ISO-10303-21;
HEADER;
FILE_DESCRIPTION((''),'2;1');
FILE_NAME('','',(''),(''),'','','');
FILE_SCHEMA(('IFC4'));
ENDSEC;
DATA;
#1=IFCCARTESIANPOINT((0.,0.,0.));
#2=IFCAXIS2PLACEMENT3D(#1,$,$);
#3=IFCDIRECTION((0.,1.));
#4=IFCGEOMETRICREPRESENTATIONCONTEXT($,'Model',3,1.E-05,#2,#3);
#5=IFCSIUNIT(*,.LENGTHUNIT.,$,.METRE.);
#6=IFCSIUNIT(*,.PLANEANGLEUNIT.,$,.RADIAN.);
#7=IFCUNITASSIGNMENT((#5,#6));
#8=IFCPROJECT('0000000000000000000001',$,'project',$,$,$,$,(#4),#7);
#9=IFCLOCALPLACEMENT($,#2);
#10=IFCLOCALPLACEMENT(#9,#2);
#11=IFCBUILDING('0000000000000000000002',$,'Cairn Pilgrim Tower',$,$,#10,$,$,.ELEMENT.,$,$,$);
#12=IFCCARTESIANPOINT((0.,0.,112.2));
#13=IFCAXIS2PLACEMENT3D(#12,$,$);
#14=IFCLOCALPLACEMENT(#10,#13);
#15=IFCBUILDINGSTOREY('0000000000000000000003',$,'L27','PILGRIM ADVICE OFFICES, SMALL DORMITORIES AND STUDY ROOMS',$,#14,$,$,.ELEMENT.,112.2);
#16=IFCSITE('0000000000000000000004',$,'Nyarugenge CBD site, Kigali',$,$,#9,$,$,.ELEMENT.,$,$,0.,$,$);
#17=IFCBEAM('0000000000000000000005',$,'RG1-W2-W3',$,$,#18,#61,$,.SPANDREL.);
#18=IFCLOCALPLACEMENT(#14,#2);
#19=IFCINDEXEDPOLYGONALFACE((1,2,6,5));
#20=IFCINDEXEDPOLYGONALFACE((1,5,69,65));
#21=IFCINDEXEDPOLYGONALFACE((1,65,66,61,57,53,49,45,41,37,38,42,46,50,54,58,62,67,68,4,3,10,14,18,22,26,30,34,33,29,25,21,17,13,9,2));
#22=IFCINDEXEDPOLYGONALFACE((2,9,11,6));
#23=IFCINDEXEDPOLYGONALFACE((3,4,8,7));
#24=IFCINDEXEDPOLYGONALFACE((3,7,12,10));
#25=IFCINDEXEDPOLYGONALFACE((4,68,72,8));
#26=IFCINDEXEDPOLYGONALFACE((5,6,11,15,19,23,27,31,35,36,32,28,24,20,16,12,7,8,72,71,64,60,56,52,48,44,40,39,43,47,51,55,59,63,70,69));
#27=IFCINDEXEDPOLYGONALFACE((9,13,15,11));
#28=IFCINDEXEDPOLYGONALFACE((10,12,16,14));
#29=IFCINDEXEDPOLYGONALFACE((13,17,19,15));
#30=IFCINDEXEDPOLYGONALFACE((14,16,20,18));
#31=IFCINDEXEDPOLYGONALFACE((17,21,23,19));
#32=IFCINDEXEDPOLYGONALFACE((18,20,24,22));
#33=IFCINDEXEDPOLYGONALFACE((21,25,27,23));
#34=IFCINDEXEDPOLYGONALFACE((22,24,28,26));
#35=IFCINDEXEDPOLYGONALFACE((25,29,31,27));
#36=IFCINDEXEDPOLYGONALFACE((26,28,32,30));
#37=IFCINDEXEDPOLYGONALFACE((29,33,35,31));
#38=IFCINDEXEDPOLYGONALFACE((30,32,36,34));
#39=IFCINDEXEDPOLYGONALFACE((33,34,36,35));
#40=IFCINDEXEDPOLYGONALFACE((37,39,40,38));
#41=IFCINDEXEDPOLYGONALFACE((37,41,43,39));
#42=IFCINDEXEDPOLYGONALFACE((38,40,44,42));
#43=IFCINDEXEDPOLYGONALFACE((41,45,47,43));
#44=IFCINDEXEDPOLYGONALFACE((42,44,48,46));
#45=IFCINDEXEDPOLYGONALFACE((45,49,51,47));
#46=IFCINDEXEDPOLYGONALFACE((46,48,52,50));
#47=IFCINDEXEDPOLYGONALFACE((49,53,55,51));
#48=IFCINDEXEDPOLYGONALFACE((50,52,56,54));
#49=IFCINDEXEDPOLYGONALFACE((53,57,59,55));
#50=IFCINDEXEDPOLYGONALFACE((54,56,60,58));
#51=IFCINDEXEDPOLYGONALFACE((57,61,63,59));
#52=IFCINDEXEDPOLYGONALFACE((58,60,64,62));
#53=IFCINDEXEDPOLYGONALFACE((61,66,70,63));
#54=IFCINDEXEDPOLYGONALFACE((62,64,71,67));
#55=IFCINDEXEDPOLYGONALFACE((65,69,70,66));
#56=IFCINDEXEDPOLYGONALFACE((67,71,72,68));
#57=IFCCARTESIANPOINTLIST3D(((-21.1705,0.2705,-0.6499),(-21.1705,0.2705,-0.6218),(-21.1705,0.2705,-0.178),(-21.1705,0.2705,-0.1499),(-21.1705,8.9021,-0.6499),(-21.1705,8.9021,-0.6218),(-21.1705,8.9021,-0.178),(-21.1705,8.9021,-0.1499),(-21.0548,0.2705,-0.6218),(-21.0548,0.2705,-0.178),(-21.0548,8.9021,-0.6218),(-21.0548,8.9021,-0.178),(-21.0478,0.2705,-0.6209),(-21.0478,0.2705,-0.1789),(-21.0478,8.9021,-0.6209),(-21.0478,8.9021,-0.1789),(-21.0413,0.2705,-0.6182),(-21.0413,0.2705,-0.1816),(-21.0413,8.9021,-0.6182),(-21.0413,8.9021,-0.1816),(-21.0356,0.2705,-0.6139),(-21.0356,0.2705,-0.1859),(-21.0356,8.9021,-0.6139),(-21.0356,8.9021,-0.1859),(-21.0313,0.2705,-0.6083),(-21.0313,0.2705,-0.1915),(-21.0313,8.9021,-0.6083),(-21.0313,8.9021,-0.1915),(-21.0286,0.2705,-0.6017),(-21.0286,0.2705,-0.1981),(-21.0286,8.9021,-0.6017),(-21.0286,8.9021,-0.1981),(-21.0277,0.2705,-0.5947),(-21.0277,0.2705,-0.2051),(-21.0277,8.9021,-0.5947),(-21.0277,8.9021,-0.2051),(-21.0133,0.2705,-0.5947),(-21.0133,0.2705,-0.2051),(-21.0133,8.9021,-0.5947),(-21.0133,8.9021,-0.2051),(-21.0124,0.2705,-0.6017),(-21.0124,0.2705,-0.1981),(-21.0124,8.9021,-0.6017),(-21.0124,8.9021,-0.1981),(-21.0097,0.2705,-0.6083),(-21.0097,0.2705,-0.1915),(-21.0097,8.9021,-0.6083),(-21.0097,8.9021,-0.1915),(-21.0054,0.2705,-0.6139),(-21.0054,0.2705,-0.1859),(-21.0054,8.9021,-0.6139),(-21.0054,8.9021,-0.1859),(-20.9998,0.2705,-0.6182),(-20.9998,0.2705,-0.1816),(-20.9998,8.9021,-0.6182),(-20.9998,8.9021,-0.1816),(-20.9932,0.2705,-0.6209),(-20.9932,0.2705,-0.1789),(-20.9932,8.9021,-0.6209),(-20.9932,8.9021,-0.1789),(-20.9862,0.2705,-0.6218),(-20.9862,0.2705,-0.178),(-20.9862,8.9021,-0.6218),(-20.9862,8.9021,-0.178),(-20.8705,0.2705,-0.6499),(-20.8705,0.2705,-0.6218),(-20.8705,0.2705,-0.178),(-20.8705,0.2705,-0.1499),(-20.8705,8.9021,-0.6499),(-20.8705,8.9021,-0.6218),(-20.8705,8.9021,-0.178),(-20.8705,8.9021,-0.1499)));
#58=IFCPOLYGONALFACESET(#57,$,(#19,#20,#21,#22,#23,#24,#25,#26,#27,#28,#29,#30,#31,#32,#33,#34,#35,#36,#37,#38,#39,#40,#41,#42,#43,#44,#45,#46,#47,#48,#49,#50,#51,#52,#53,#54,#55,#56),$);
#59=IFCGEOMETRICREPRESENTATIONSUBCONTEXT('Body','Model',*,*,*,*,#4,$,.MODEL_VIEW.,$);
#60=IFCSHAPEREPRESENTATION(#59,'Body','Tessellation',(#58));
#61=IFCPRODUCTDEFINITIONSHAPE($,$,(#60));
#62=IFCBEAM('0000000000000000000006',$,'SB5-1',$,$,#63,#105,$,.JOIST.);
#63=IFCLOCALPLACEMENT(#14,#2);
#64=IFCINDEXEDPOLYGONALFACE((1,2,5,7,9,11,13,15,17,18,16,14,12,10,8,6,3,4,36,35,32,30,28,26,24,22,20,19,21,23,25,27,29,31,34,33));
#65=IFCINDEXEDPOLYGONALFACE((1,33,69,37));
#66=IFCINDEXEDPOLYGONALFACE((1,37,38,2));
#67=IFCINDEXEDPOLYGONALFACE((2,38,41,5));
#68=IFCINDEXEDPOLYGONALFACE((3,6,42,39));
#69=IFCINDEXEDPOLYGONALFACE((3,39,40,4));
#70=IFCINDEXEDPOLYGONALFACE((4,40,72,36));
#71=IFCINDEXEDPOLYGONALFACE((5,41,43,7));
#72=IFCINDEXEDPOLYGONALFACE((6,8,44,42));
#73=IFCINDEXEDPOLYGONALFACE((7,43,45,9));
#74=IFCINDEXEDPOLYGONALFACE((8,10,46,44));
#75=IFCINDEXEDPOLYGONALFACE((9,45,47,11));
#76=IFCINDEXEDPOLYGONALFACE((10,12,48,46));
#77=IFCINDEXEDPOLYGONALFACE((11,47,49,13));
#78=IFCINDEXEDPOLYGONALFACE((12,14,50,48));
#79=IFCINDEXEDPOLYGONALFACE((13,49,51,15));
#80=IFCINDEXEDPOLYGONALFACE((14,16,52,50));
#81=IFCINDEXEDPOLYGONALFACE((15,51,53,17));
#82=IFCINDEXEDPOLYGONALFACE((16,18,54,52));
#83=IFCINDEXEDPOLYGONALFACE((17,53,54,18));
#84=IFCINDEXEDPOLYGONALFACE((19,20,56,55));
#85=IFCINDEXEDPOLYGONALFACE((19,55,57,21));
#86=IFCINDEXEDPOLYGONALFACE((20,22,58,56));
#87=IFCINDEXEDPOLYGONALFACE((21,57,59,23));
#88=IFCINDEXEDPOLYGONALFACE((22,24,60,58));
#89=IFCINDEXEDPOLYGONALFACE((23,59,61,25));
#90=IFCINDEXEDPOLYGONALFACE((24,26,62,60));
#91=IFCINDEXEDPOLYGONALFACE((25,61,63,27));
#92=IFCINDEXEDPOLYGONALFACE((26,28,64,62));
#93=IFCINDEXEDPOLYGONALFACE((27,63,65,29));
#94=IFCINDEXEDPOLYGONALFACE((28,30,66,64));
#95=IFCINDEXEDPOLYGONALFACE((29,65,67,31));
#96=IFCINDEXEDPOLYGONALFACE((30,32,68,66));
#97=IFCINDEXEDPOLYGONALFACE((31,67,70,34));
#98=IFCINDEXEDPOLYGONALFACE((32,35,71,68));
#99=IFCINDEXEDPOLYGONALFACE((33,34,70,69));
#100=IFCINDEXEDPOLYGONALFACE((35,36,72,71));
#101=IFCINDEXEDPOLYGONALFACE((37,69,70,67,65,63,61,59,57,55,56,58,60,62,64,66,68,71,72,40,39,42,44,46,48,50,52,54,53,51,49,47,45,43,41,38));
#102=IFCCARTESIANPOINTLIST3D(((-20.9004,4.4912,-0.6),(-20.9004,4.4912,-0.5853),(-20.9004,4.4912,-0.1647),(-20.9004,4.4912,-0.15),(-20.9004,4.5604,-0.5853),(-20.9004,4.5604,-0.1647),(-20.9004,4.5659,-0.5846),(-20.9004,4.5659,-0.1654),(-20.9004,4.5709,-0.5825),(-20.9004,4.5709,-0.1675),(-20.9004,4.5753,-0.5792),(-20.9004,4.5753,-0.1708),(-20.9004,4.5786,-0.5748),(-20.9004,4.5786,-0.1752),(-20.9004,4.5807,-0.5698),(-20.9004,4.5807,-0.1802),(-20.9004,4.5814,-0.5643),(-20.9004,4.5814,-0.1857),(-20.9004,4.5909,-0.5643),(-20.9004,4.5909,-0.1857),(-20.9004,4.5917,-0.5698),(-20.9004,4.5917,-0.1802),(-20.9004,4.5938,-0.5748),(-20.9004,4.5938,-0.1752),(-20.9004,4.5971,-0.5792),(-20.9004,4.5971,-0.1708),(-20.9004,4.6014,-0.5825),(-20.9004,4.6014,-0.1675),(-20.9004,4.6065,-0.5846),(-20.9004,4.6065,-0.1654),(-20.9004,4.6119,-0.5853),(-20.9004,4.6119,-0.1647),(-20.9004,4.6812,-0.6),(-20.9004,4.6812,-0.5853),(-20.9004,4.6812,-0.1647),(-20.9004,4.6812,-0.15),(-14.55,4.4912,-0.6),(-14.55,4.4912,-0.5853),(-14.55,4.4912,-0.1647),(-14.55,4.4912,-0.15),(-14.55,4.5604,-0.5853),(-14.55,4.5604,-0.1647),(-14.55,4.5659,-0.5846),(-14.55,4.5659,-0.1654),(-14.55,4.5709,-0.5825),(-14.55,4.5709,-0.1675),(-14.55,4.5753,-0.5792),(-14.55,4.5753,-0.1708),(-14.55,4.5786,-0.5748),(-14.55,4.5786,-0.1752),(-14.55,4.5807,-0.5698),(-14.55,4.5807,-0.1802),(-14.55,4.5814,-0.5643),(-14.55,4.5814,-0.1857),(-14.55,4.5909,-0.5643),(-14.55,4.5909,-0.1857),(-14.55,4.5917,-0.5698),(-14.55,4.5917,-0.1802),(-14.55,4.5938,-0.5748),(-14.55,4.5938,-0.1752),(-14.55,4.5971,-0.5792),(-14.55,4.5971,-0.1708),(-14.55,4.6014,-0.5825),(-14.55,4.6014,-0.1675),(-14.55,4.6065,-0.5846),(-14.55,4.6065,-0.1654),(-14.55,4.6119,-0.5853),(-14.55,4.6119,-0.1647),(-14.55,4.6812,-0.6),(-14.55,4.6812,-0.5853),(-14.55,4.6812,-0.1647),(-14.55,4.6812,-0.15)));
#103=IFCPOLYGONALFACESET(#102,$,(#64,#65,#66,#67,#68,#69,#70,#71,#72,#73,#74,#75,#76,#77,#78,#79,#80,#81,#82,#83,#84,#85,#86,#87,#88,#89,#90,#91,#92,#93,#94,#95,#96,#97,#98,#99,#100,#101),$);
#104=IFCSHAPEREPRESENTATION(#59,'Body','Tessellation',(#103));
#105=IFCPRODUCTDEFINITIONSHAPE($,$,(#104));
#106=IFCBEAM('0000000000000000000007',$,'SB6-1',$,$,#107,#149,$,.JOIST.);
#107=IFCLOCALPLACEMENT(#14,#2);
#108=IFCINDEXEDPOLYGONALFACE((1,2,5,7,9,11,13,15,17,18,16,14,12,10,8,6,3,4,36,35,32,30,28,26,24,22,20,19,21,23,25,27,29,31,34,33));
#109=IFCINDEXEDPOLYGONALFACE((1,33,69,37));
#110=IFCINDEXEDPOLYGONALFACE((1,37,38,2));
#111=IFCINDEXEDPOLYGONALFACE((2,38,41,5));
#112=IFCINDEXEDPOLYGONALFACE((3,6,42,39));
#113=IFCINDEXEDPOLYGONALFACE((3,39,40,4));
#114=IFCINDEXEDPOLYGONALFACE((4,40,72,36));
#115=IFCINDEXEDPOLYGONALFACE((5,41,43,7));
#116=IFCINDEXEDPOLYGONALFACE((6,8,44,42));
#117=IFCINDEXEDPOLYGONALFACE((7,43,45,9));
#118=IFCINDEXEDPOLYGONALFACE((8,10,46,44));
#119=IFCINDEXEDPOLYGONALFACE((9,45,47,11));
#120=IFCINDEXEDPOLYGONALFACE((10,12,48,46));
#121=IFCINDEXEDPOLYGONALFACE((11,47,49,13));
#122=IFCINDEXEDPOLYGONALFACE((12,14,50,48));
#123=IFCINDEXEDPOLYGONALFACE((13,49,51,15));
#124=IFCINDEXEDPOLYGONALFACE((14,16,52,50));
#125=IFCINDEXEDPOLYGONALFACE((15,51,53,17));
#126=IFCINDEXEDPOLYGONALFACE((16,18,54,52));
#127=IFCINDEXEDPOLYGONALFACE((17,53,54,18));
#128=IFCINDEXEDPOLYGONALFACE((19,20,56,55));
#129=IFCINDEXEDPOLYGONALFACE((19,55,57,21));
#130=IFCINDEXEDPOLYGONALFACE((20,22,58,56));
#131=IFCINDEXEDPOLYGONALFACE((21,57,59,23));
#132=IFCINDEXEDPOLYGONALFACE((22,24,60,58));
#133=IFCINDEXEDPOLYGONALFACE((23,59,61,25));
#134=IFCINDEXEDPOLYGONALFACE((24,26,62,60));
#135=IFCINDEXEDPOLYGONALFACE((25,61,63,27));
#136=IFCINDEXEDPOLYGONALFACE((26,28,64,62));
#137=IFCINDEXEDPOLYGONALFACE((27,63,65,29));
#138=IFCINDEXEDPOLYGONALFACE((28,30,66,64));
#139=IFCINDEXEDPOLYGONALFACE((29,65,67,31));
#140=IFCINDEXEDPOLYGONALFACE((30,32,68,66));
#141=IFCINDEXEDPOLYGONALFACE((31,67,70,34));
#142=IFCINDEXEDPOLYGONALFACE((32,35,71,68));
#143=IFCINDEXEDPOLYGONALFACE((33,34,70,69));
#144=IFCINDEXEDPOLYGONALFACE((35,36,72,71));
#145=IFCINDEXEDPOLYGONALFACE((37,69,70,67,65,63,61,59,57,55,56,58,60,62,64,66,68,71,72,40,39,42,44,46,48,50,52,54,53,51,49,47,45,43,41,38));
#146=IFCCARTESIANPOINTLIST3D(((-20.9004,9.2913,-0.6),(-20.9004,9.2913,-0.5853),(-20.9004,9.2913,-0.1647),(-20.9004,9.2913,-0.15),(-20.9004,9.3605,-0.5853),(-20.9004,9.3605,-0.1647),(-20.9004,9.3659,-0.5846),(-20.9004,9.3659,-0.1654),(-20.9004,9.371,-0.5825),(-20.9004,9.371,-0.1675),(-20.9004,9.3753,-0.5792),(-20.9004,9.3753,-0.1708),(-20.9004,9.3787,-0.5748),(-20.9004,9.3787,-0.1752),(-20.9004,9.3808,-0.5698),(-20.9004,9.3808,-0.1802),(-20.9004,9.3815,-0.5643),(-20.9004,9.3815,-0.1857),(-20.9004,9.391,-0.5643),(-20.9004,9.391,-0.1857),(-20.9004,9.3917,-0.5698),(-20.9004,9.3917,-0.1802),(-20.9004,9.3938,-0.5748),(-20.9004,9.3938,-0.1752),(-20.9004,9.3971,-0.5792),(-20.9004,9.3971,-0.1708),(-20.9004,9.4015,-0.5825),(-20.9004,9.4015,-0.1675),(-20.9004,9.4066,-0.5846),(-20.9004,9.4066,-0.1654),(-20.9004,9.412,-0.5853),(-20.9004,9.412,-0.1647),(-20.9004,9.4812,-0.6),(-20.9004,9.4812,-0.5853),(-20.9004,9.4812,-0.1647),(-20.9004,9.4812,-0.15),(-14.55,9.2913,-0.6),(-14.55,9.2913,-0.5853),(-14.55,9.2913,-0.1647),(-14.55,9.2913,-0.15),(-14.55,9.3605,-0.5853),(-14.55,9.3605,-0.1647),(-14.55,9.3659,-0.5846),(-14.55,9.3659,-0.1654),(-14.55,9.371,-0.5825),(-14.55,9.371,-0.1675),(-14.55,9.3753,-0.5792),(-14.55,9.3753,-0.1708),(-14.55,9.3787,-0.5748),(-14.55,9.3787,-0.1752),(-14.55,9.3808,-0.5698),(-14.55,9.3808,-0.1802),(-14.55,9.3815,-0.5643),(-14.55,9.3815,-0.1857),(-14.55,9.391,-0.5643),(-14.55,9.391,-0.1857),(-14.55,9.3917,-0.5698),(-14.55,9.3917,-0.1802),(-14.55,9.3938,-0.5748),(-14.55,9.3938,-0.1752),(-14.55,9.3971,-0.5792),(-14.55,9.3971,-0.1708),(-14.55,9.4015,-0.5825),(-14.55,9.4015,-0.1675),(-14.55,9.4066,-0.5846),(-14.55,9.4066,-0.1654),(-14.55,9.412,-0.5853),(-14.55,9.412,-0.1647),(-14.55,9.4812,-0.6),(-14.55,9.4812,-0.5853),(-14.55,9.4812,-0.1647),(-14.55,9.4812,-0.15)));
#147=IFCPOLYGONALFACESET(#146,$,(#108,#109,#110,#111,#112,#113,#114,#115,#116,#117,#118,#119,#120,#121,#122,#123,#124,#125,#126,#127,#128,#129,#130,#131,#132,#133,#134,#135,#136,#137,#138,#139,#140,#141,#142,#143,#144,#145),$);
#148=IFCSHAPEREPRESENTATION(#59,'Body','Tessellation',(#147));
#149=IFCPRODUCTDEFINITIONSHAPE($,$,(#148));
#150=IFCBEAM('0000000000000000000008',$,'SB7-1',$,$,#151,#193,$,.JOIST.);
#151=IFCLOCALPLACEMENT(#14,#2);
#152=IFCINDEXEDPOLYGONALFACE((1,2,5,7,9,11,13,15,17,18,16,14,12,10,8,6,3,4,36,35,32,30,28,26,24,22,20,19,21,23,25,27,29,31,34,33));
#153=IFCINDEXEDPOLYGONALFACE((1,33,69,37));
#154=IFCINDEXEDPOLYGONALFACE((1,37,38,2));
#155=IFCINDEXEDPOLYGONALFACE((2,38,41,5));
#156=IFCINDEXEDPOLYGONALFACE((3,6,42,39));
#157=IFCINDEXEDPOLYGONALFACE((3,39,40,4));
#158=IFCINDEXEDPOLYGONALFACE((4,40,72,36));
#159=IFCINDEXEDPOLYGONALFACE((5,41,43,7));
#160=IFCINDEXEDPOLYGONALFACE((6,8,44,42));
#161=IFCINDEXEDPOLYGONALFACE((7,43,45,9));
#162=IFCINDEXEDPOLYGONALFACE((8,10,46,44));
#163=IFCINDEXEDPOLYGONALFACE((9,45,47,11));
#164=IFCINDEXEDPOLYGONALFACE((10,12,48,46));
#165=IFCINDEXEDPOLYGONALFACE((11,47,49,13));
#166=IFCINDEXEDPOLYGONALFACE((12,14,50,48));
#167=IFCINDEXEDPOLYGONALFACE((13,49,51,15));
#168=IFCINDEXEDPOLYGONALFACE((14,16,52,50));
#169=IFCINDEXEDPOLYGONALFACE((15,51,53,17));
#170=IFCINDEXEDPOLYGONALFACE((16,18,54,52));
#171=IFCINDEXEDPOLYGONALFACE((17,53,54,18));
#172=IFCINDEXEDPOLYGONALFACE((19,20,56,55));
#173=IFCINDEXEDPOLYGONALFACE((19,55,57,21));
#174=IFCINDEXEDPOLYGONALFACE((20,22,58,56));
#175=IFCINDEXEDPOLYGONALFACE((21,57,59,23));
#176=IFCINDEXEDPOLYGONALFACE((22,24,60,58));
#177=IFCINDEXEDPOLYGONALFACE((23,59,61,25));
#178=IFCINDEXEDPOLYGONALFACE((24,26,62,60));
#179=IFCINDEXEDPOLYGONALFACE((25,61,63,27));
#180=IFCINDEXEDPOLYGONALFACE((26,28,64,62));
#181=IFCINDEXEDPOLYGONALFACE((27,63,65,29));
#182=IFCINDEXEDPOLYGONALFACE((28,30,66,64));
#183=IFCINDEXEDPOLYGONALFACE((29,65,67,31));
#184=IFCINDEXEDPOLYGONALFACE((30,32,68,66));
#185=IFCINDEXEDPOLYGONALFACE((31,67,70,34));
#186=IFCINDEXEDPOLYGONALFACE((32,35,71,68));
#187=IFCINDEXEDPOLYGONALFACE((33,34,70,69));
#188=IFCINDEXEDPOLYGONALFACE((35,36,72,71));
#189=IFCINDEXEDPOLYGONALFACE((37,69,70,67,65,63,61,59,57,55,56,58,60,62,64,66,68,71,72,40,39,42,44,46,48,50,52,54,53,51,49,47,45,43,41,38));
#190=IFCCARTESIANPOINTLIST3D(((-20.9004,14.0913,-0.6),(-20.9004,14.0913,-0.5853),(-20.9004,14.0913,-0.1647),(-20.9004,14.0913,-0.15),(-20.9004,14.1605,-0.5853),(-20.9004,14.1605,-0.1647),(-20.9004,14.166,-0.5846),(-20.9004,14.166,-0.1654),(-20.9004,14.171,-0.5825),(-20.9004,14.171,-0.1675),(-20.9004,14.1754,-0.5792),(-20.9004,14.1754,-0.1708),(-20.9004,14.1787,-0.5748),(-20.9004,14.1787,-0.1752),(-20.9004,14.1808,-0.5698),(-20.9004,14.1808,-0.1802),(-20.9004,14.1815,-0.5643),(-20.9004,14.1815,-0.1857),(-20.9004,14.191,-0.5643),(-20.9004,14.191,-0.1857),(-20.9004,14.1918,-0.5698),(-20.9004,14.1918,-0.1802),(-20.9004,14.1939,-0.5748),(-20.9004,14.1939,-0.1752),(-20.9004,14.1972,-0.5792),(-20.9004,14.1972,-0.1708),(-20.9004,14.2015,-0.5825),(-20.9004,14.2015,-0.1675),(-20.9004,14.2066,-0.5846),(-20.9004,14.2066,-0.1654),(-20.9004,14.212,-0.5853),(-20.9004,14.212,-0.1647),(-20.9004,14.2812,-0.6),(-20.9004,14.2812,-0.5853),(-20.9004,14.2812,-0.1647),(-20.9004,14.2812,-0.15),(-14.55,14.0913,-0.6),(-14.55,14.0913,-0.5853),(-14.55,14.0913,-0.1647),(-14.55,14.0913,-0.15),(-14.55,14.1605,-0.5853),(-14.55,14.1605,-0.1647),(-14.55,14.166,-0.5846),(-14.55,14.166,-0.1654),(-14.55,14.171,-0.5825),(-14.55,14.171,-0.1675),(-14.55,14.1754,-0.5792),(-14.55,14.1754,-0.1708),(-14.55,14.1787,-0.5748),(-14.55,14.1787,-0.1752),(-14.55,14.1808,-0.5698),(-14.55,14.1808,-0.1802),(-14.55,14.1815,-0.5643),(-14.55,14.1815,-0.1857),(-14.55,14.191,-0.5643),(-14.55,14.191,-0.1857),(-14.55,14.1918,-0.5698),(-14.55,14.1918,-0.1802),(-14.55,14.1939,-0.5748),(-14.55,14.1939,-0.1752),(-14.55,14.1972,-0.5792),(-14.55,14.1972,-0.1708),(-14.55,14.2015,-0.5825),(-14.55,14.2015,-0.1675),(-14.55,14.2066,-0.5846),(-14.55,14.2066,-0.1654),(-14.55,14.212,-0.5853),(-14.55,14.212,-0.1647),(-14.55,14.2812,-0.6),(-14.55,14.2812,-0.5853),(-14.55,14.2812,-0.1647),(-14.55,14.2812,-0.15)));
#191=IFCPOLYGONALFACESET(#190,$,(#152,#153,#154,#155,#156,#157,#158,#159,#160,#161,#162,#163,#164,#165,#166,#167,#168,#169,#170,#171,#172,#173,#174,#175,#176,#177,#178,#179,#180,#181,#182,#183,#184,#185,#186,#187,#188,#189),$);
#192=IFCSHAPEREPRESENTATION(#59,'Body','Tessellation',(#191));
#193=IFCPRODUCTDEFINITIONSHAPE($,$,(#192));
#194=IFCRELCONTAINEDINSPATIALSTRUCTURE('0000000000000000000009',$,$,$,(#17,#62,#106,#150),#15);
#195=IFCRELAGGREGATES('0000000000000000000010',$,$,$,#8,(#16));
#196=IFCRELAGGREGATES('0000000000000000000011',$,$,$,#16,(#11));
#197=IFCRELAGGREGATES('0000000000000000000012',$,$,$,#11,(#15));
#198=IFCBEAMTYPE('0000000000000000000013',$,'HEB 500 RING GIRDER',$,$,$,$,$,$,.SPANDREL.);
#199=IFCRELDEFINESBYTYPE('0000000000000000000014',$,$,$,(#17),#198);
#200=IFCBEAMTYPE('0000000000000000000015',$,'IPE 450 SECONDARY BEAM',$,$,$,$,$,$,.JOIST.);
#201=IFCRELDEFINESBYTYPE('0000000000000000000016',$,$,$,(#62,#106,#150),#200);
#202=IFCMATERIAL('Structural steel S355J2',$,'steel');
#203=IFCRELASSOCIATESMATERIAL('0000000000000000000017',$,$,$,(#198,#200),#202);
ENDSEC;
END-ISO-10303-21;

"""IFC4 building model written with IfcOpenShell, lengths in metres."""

from ifc_helpers import new_model, si_unit, direction, frame, origin, origin_2d, place, context, subcontext, project, spatial, i_section, extrude, material, material_profile, profile_set, type_object, element, save


model = new_model("IFC4")

# Units and contexts
model_context = context("Model", 3, precision=1e-05, world=origin(), true_north=direction((0.0, 1.0)))
body_context = subcontext(model_context, "Body", "Model", "MODEL_VIEW")
ifc_project = project(units=[si_unit("LENGTHUNIT", "METRE"), si_unit("PLANEANGLEUNIT", "RADIAN")], contexts=[model_context])

# Site, building, storey
site_placement = place(None, origin())
site = spatial("IfcSite", under=ifc_project, at=site_placement, Name="Nyarugenge CBD site, Kigali", CompositionType="ELEMENT", RefElevation=0.0)
building_placement = place(site_placement, origin())
building = spatial("IfcBuilding", under=site, at=building_placement, Name="Cairn Pilgrim Tower", CompositionType="ELEMENT")
storey_placement = place(building_placement, frame((0.0, 0.0, 112.2)))
storey = spatial("IfcBuildingStorey", under=building, at=storey_placement, Name="L27", Description="PILGRIM ADVICE OFFICES, SMALL DORMITORIES AND STUDY ROOMS", CompositionType="ELEMENT", Elevation=112.2)

# Shared definitions
ifc_material_1 = material(Name="Structural steel S355J2", Category="steel")

# Beams
ifc_material_profile_1 = material_profile(ifc_material_1, i_section(OverallWidth=0.3, OverallDepth=0.5, WebThickness=0.0144, FlangeThickness=0.0281, FilletRadius=0.0271, at=origin_2d()), Name="HEB 500")
ifc_profile_set_1 = profile_set([ifc_material_profile_1], Name="Structural steel S355J2")
beam_type_1 = type_object("IfcBeamType", Name="HEB 500 RING GIRDER", PredefinedType="SPANDREL", material=ifc_profile_set_1)
beam_1_placement = place(storey_placement, frame((-21.0205, 8.9021, -0.3999), z_axis=(0.0, -1.0, 0.0), x_axis=(1.0, 0.0, 0.0)))
element("IfcBeam", 1, at=beam_1_placement, inside=storey, type_object=beam_type_1, Name="RG1-W2-W3", PredefinedType="SPANDREL", context=body_context, shape_type="SweptSolid", body=[
    extrude(i_section(OverallWidth=0.3, OverallDepth=0.5, WebThickness=0.0144, FlangeThickness=0.0281, FilletRadius=0.0271, at=origin_2d()), origin(), (0.0, 0.0, 1.0), 8.6316),
])
ifc_material_profile_2 = material_profile(ifc_material_1, i_section(OverallWidth=0.1899, OverallDepth=0.45, WebThickness=0.0095, FlangeThickness=0.0146, FilletRadius=0.021, at=origin_2d()), Name="IPE 450")
ifc_profile_set_2 = profile_set([ifc_material_profile_2], Name="Structural steel S355J2")
beam_type_2 = type_object("IfcBeamType", Name="IPE 450 SECONDARY BEAM", PredefinedType="JOIST", material=ifc_profile_set_2)
for number, where, z_axis, x_axis, name in (
    (2, (-20.9004, 4.5862, -0.375), (1.0, 0.0, 0.0), (0.0, 1.0, 0.0), "SB5-1"),
    (3, (-20.9004, 9.3862, -0.375), (1.0, 0.0, 0.0), (0.0, 1.0, 0.0), "SB6-1"),
    (4, (-20.9004, 14.1863, -0.375), (1.0, 0.0, 0.0), (0.0, 1.0, 0.0), "SB7-1"),
):
    element("IfcBeam", number, at=place(storey_placement, frame(where, z_axis=z_axis, x_axis=x_axis)), inside=storey, type_object=beam_type_2, Name=name, PredefinedType="JOIST", context=body_context, shape_type="SweptSolid", body=[
        extrude(i_section(OverallWidth=0.1899, OverallDepth=0.45, WebThickness=0.0095, FlangeThickness=0.0146, FilletRadius=0.021, at=origin_2d()), origin(), (0.0, 0.0, 1.0), 6.3503),
    ])

save(model, "model.ifc")
